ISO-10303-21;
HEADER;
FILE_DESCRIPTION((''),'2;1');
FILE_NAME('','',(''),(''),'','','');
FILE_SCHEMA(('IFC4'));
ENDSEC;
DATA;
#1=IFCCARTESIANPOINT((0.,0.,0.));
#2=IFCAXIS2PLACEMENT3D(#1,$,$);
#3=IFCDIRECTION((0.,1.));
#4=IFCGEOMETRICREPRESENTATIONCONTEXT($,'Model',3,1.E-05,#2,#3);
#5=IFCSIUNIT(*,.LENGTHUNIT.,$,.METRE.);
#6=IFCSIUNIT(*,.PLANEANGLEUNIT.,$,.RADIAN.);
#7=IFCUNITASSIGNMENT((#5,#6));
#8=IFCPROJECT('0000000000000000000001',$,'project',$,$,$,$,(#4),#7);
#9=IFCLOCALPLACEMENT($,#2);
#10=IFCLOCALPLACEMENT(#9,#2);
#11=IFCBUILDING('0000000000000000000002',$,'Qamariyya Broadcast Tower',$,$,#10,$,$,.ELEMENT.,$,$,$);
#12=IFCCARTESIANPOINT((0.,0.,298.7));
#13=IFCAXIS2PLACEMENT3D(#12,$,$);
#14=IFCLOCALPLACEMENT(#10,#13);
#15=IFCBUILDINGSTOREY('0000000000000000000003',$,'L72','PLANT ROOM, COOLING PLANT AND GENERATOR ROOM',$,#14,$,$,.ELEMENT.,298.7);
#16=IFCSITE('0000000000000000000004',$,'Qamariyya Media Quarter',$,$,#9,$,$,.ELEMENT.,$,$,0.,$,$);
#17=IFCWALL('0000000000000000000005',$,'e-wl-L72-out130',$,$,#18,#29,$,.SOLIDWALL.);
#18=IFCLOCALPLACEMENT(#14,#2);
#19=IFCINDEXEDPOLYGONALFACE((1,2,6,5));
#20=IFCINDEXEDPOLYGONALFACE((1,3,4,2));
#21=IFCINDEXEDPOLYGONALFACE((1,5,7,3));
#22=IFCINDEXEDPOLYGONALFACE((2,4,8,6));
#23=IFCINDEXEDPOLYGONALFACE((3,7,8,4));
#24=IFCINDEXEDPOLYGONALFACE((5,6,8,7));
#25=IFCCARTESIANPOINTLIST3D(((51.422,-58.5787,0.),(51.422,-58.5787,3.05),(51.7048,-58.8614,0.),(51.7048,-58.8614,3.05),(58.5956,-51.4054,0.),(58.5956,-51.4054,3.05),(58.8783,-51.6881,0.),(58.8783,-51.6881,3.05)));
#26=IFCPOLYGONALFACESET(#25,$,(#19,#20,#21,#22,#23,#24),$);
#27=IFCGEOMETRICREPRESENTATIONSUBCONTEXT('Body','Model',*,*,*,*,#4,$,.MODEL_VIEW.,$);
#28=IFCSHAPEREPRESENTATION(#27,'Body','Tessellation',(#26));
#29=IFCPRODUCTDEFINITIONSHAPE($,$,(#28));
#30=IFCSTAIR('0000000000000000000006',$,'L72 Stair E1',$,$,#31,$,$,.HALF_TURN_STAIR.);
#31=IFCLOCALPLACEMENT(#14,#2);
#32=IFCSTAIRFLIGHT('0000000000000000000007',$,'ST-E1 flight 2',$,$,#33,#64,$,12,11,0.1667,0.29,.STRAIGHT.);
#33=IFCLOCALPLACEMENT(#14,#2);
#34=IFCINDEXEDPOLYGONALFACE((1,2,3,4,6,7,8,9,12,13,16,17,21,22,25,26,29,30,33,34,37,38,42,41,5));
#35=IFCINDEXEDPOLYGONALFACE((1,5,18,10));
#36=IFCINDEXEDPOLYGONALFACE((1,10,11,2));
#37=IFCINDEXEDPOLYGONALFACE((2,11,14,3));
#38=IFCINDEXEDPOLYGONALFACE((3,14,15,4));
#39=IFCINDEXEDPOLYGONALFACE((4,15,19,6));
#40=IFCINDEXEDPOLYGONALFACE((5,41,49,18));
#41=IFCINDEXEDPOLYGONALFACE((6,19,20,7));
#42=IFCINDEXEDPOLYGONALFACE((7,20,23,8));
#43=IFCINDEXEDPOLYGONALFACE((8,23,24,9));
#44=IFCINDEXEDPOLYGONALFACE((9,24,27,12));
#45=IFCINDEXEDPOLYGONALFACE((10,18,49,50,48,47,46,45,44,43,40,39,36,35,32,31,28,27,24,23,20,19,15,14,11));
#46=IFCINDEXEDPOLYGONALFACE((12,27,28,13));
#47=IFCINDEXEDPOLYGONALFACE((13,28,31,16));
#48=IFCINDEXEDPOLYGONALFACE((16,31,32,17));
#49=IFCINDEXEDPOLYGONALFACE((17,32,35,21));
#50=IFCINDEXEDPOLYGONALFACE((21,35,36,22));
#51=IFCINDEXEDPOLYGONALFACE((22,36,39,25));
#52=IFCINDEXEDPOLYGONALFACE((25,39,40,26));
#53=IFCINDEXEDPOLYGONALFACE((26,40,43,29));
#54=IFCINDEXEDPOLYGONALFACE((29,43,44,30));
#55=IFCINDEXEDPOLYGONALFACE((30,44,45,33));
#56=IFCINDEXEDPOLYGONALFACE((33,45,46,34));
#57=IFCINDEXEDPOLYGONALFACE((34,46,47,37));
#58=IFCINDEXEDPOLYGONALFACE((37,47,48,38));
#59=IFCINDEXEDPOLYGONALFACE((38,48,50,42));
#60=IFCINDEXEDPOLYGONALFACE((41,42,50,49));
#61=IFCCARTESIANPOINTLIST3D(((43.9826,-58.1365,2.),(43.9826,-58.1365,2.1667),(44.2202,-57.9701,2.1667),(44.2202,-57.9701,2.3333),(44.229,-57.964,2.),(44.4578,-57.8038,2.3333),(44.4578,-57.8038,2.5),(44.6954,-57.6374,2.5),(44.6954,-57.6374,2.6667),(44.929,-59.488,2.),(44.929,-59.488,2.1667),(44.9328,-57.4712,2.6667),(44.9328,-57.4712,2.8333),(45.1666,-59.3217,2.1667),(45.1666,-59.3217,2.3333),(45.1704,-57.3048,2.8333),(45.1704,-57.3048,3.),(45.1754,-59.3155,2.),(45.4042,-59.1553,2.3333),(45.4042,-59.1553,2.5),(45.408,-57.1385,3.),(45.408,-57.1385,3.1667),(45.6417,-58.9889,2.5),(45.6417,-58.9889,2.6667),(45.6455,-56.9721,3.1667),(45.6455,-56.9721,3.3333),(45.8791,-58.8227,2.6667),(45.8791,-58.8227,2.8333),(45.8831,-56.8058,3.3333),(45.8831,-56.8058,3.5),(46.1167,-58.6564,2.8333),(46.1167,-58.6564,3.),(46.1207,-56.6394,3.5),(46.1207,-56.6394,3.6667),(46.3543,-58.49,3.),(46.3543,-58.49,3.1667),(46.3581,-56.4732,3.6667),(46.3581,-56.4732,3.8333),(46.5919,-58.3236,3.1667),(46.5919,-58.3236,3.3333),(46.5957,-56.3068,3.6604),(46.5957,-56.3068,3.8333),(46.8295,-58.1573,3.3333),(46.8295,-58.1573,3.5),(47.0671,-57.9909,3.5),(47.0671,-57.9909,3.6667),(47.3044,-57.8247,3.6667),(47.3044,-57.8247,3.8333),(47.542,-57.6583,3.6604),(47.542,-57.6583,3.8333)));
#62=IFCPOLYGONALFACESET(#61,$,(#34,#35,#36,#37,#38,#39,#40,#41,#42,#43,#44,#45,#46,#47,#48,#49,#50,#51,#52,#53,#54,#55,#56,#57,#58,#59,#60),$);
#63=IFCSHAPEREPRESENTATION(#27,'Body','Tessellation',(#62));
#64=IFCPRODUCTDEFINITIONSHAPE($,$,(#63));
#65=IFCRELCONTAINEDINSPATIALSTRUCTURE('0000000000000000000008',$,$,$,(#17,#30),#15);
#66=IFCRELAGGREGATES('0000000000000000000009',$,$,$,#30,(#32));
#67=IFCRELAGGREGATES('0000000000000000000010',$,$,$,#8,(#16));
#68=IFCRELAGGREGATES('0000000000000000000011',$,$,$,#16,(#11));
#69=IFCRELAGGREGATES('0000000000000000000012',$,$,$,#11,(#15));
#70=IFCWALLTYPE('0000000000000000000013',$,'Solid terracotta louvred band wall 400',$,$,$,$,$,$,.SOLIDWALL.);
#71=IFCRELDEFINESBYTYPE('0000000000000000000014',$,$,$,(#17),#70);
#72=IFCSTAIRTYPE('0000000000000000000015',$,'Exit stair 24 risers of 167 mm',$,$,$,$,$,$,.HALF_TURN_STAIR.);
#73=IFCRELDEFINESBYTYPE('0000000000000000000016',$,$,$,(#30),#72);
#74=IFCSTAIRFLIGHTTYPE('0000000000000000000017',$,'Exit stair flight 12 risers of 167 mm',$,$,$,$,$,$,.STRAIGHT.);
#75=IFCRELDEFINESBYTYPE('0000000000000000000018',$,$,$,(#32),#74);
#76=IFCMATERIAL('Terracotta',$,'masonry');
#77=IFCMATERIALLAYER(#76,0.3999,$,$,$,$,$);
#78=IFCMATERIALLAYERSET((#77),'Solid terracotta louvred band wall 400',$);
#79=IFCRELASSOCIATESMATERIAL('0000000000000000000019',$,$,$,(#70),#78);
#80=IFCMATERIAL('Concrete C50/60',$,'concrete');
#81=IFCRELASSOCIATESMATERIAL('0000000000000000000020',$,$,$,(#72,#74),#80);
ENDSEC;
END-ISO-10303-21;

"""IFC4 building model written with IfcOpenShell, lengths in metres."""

from ifc_helpers import new_model, si_unit, direction, frame, frame_2d, origin, place, context, subcontext, project, spatial, polyline, rectangle, outline, extrude, material, layer, layer_set, type_object, element, aggregate, save


model = new_model("IFC4")

# Units and contexts
model_context = context("Model", 3, precision=1e-05, world=origin(), true_north=direction((0.0, 1.0)))
body_context = subcontext(model_context, "Body", "Model", "MODEL_VIEW")
ifc_project = project(units=[si_unit("LENGTHUNIT", "METRE"), si_unit("PLANEANGLEUNIT", "RADIAN")], contexts=[model_context])

# Site, building, storey
site_placement = place(None, origin())
site = spatial("IfcSite", under=ifc_project, at=site_placement, Name="Qamariyya Media Quarter", CompositionType="ELEMENT", RefElevation=0.0)
building_placement = place(site_placement, origin())
building = spatial("IfcBuilding", under=site, at=building_placement, Name="Qamariyya Broadcast Tower", CompositionType="ELEMENT")
storey_placement = place(building_placement, frame((0.0, 0.0, 298.7)))
storey = spatial("IfcBuildingStorey", under=building, at=storey_placement, Name="L72", Description="PLANT ROOM, COOLING PLANT AND GENERATOR ROOM", CompositionType="ELEMENT", Elevation=298.7)

# Shared definitions
ifc_material_1 = material(Name="Concrete C50/60", Category="concrete")

# Wall
ifc_material_2 = material(Name="Terracotta", Category="masonry")
ifc_layer_1 = layer(ifc_material_2, 0.3999)
ifc_layer_set_1 = layer_set([ifc_layer_1], Name="Solid terracotta louvred band wall 400")
wall_type_1 = type_object("IfcWallType", Name="Solid terracotta louvred band wall 400", PredefinedType="SOLIDWALL", material=ifc_layer_set_1)
wall_1_placement = place(storey_placement, frame((51.5635, -58.72, 0.0), z_axis=(0.0, 0.0, 1.0), x_axis=(0.707119, 0.707095, 0.0)))
element("IfcWall", 1, at=wall_1_placement, inside=storey, type_object=wall_type_1, Name="e-wl-L72-out130", PredefinedType="SOLIDWALL", context=body_context, shape_type="SweptSolid", body=[
    extrude(rectangle(XDim=10.1448, YDim=0.3999, at=frame_2d((5.0723, 0.0))), origin(), (0.0, 0.0, 1.0), 3.05),
])

# Stair, stair flight
stair_type = type_object("IfcStairType", Name="Exit stair 24 risers of 167 mm", PredefinedType="HALF_TURN_STAIR", material=ifc_material_1)
stair_placement = place(storey_placement, origin())
stair = element("IfcStair", 2, at=stair_placement, inside=storey, type_object=stair_type, Name="L72 Stair E1", PredefinedType="HALF_TURN_STAIR")
stair_flight_type = type_object("IfcStairFlightType", Name="Exit stair flight 12 risers of 167 mm", PredefinedType="STRAIGHT", material=ifc_material_1)
stair_flight_placement = place(storey_placement, frame((44.4558, -58.8123, 2.0), z_axis=(0.0, 0.0, 1.0), x_axis=(0.819152, 0.573576, 0.0)))
stair_flight = element("IfcStairFlight", 3, at=stair_flight_placement, type_object=stair_flight_type, Name="ST-E1 flight 2", NumberOfRisers=12, NumberOfTreads=11, PredefinedType="STRAIGHT", RiserHeight=0.1667, TreadLength=0.29, context=body_context, shape_type="SweptSolid", body=[
    extrude(outline(polyline([(0.0, 0.0), (0.0, 0.1667), (0.29, 0.1667), (0.29, 0.3333), (0.5801, 0.3333), (0.5801, 0.5), (0.8701, 0.5), (0.8701, 0.6667), (1.1599, 0.6667), (1.1599, 0.8333), (1.45, 0.8333), (1.45, 1.0), (1.74, 1.0), (1.74, 1.1667), (2.03, 1.1667), (2.03, 1.3333), (2.3201, 1.3333), (2.3201, 1.5), (2.6101, 1.5), (2.6101, 1.6667), (2.8999, 1.6667), (2.8999, 1.8333), (3.1899, 1.8333), (3.1899, 2.0), (3.1899, 1.6604), (0.3008, 0.0), (0.0, 0.0)])), frame((0.0, 0.825, 0.0), z_axis=(0.0, -1.0, 0.0), x_axis=(1.0, 0.0, 0.0)), (0.0, 0.0, 1.0), 1.6499),
])
aggregate(stair, [stair_flight])

save(model, "model.ifc")
